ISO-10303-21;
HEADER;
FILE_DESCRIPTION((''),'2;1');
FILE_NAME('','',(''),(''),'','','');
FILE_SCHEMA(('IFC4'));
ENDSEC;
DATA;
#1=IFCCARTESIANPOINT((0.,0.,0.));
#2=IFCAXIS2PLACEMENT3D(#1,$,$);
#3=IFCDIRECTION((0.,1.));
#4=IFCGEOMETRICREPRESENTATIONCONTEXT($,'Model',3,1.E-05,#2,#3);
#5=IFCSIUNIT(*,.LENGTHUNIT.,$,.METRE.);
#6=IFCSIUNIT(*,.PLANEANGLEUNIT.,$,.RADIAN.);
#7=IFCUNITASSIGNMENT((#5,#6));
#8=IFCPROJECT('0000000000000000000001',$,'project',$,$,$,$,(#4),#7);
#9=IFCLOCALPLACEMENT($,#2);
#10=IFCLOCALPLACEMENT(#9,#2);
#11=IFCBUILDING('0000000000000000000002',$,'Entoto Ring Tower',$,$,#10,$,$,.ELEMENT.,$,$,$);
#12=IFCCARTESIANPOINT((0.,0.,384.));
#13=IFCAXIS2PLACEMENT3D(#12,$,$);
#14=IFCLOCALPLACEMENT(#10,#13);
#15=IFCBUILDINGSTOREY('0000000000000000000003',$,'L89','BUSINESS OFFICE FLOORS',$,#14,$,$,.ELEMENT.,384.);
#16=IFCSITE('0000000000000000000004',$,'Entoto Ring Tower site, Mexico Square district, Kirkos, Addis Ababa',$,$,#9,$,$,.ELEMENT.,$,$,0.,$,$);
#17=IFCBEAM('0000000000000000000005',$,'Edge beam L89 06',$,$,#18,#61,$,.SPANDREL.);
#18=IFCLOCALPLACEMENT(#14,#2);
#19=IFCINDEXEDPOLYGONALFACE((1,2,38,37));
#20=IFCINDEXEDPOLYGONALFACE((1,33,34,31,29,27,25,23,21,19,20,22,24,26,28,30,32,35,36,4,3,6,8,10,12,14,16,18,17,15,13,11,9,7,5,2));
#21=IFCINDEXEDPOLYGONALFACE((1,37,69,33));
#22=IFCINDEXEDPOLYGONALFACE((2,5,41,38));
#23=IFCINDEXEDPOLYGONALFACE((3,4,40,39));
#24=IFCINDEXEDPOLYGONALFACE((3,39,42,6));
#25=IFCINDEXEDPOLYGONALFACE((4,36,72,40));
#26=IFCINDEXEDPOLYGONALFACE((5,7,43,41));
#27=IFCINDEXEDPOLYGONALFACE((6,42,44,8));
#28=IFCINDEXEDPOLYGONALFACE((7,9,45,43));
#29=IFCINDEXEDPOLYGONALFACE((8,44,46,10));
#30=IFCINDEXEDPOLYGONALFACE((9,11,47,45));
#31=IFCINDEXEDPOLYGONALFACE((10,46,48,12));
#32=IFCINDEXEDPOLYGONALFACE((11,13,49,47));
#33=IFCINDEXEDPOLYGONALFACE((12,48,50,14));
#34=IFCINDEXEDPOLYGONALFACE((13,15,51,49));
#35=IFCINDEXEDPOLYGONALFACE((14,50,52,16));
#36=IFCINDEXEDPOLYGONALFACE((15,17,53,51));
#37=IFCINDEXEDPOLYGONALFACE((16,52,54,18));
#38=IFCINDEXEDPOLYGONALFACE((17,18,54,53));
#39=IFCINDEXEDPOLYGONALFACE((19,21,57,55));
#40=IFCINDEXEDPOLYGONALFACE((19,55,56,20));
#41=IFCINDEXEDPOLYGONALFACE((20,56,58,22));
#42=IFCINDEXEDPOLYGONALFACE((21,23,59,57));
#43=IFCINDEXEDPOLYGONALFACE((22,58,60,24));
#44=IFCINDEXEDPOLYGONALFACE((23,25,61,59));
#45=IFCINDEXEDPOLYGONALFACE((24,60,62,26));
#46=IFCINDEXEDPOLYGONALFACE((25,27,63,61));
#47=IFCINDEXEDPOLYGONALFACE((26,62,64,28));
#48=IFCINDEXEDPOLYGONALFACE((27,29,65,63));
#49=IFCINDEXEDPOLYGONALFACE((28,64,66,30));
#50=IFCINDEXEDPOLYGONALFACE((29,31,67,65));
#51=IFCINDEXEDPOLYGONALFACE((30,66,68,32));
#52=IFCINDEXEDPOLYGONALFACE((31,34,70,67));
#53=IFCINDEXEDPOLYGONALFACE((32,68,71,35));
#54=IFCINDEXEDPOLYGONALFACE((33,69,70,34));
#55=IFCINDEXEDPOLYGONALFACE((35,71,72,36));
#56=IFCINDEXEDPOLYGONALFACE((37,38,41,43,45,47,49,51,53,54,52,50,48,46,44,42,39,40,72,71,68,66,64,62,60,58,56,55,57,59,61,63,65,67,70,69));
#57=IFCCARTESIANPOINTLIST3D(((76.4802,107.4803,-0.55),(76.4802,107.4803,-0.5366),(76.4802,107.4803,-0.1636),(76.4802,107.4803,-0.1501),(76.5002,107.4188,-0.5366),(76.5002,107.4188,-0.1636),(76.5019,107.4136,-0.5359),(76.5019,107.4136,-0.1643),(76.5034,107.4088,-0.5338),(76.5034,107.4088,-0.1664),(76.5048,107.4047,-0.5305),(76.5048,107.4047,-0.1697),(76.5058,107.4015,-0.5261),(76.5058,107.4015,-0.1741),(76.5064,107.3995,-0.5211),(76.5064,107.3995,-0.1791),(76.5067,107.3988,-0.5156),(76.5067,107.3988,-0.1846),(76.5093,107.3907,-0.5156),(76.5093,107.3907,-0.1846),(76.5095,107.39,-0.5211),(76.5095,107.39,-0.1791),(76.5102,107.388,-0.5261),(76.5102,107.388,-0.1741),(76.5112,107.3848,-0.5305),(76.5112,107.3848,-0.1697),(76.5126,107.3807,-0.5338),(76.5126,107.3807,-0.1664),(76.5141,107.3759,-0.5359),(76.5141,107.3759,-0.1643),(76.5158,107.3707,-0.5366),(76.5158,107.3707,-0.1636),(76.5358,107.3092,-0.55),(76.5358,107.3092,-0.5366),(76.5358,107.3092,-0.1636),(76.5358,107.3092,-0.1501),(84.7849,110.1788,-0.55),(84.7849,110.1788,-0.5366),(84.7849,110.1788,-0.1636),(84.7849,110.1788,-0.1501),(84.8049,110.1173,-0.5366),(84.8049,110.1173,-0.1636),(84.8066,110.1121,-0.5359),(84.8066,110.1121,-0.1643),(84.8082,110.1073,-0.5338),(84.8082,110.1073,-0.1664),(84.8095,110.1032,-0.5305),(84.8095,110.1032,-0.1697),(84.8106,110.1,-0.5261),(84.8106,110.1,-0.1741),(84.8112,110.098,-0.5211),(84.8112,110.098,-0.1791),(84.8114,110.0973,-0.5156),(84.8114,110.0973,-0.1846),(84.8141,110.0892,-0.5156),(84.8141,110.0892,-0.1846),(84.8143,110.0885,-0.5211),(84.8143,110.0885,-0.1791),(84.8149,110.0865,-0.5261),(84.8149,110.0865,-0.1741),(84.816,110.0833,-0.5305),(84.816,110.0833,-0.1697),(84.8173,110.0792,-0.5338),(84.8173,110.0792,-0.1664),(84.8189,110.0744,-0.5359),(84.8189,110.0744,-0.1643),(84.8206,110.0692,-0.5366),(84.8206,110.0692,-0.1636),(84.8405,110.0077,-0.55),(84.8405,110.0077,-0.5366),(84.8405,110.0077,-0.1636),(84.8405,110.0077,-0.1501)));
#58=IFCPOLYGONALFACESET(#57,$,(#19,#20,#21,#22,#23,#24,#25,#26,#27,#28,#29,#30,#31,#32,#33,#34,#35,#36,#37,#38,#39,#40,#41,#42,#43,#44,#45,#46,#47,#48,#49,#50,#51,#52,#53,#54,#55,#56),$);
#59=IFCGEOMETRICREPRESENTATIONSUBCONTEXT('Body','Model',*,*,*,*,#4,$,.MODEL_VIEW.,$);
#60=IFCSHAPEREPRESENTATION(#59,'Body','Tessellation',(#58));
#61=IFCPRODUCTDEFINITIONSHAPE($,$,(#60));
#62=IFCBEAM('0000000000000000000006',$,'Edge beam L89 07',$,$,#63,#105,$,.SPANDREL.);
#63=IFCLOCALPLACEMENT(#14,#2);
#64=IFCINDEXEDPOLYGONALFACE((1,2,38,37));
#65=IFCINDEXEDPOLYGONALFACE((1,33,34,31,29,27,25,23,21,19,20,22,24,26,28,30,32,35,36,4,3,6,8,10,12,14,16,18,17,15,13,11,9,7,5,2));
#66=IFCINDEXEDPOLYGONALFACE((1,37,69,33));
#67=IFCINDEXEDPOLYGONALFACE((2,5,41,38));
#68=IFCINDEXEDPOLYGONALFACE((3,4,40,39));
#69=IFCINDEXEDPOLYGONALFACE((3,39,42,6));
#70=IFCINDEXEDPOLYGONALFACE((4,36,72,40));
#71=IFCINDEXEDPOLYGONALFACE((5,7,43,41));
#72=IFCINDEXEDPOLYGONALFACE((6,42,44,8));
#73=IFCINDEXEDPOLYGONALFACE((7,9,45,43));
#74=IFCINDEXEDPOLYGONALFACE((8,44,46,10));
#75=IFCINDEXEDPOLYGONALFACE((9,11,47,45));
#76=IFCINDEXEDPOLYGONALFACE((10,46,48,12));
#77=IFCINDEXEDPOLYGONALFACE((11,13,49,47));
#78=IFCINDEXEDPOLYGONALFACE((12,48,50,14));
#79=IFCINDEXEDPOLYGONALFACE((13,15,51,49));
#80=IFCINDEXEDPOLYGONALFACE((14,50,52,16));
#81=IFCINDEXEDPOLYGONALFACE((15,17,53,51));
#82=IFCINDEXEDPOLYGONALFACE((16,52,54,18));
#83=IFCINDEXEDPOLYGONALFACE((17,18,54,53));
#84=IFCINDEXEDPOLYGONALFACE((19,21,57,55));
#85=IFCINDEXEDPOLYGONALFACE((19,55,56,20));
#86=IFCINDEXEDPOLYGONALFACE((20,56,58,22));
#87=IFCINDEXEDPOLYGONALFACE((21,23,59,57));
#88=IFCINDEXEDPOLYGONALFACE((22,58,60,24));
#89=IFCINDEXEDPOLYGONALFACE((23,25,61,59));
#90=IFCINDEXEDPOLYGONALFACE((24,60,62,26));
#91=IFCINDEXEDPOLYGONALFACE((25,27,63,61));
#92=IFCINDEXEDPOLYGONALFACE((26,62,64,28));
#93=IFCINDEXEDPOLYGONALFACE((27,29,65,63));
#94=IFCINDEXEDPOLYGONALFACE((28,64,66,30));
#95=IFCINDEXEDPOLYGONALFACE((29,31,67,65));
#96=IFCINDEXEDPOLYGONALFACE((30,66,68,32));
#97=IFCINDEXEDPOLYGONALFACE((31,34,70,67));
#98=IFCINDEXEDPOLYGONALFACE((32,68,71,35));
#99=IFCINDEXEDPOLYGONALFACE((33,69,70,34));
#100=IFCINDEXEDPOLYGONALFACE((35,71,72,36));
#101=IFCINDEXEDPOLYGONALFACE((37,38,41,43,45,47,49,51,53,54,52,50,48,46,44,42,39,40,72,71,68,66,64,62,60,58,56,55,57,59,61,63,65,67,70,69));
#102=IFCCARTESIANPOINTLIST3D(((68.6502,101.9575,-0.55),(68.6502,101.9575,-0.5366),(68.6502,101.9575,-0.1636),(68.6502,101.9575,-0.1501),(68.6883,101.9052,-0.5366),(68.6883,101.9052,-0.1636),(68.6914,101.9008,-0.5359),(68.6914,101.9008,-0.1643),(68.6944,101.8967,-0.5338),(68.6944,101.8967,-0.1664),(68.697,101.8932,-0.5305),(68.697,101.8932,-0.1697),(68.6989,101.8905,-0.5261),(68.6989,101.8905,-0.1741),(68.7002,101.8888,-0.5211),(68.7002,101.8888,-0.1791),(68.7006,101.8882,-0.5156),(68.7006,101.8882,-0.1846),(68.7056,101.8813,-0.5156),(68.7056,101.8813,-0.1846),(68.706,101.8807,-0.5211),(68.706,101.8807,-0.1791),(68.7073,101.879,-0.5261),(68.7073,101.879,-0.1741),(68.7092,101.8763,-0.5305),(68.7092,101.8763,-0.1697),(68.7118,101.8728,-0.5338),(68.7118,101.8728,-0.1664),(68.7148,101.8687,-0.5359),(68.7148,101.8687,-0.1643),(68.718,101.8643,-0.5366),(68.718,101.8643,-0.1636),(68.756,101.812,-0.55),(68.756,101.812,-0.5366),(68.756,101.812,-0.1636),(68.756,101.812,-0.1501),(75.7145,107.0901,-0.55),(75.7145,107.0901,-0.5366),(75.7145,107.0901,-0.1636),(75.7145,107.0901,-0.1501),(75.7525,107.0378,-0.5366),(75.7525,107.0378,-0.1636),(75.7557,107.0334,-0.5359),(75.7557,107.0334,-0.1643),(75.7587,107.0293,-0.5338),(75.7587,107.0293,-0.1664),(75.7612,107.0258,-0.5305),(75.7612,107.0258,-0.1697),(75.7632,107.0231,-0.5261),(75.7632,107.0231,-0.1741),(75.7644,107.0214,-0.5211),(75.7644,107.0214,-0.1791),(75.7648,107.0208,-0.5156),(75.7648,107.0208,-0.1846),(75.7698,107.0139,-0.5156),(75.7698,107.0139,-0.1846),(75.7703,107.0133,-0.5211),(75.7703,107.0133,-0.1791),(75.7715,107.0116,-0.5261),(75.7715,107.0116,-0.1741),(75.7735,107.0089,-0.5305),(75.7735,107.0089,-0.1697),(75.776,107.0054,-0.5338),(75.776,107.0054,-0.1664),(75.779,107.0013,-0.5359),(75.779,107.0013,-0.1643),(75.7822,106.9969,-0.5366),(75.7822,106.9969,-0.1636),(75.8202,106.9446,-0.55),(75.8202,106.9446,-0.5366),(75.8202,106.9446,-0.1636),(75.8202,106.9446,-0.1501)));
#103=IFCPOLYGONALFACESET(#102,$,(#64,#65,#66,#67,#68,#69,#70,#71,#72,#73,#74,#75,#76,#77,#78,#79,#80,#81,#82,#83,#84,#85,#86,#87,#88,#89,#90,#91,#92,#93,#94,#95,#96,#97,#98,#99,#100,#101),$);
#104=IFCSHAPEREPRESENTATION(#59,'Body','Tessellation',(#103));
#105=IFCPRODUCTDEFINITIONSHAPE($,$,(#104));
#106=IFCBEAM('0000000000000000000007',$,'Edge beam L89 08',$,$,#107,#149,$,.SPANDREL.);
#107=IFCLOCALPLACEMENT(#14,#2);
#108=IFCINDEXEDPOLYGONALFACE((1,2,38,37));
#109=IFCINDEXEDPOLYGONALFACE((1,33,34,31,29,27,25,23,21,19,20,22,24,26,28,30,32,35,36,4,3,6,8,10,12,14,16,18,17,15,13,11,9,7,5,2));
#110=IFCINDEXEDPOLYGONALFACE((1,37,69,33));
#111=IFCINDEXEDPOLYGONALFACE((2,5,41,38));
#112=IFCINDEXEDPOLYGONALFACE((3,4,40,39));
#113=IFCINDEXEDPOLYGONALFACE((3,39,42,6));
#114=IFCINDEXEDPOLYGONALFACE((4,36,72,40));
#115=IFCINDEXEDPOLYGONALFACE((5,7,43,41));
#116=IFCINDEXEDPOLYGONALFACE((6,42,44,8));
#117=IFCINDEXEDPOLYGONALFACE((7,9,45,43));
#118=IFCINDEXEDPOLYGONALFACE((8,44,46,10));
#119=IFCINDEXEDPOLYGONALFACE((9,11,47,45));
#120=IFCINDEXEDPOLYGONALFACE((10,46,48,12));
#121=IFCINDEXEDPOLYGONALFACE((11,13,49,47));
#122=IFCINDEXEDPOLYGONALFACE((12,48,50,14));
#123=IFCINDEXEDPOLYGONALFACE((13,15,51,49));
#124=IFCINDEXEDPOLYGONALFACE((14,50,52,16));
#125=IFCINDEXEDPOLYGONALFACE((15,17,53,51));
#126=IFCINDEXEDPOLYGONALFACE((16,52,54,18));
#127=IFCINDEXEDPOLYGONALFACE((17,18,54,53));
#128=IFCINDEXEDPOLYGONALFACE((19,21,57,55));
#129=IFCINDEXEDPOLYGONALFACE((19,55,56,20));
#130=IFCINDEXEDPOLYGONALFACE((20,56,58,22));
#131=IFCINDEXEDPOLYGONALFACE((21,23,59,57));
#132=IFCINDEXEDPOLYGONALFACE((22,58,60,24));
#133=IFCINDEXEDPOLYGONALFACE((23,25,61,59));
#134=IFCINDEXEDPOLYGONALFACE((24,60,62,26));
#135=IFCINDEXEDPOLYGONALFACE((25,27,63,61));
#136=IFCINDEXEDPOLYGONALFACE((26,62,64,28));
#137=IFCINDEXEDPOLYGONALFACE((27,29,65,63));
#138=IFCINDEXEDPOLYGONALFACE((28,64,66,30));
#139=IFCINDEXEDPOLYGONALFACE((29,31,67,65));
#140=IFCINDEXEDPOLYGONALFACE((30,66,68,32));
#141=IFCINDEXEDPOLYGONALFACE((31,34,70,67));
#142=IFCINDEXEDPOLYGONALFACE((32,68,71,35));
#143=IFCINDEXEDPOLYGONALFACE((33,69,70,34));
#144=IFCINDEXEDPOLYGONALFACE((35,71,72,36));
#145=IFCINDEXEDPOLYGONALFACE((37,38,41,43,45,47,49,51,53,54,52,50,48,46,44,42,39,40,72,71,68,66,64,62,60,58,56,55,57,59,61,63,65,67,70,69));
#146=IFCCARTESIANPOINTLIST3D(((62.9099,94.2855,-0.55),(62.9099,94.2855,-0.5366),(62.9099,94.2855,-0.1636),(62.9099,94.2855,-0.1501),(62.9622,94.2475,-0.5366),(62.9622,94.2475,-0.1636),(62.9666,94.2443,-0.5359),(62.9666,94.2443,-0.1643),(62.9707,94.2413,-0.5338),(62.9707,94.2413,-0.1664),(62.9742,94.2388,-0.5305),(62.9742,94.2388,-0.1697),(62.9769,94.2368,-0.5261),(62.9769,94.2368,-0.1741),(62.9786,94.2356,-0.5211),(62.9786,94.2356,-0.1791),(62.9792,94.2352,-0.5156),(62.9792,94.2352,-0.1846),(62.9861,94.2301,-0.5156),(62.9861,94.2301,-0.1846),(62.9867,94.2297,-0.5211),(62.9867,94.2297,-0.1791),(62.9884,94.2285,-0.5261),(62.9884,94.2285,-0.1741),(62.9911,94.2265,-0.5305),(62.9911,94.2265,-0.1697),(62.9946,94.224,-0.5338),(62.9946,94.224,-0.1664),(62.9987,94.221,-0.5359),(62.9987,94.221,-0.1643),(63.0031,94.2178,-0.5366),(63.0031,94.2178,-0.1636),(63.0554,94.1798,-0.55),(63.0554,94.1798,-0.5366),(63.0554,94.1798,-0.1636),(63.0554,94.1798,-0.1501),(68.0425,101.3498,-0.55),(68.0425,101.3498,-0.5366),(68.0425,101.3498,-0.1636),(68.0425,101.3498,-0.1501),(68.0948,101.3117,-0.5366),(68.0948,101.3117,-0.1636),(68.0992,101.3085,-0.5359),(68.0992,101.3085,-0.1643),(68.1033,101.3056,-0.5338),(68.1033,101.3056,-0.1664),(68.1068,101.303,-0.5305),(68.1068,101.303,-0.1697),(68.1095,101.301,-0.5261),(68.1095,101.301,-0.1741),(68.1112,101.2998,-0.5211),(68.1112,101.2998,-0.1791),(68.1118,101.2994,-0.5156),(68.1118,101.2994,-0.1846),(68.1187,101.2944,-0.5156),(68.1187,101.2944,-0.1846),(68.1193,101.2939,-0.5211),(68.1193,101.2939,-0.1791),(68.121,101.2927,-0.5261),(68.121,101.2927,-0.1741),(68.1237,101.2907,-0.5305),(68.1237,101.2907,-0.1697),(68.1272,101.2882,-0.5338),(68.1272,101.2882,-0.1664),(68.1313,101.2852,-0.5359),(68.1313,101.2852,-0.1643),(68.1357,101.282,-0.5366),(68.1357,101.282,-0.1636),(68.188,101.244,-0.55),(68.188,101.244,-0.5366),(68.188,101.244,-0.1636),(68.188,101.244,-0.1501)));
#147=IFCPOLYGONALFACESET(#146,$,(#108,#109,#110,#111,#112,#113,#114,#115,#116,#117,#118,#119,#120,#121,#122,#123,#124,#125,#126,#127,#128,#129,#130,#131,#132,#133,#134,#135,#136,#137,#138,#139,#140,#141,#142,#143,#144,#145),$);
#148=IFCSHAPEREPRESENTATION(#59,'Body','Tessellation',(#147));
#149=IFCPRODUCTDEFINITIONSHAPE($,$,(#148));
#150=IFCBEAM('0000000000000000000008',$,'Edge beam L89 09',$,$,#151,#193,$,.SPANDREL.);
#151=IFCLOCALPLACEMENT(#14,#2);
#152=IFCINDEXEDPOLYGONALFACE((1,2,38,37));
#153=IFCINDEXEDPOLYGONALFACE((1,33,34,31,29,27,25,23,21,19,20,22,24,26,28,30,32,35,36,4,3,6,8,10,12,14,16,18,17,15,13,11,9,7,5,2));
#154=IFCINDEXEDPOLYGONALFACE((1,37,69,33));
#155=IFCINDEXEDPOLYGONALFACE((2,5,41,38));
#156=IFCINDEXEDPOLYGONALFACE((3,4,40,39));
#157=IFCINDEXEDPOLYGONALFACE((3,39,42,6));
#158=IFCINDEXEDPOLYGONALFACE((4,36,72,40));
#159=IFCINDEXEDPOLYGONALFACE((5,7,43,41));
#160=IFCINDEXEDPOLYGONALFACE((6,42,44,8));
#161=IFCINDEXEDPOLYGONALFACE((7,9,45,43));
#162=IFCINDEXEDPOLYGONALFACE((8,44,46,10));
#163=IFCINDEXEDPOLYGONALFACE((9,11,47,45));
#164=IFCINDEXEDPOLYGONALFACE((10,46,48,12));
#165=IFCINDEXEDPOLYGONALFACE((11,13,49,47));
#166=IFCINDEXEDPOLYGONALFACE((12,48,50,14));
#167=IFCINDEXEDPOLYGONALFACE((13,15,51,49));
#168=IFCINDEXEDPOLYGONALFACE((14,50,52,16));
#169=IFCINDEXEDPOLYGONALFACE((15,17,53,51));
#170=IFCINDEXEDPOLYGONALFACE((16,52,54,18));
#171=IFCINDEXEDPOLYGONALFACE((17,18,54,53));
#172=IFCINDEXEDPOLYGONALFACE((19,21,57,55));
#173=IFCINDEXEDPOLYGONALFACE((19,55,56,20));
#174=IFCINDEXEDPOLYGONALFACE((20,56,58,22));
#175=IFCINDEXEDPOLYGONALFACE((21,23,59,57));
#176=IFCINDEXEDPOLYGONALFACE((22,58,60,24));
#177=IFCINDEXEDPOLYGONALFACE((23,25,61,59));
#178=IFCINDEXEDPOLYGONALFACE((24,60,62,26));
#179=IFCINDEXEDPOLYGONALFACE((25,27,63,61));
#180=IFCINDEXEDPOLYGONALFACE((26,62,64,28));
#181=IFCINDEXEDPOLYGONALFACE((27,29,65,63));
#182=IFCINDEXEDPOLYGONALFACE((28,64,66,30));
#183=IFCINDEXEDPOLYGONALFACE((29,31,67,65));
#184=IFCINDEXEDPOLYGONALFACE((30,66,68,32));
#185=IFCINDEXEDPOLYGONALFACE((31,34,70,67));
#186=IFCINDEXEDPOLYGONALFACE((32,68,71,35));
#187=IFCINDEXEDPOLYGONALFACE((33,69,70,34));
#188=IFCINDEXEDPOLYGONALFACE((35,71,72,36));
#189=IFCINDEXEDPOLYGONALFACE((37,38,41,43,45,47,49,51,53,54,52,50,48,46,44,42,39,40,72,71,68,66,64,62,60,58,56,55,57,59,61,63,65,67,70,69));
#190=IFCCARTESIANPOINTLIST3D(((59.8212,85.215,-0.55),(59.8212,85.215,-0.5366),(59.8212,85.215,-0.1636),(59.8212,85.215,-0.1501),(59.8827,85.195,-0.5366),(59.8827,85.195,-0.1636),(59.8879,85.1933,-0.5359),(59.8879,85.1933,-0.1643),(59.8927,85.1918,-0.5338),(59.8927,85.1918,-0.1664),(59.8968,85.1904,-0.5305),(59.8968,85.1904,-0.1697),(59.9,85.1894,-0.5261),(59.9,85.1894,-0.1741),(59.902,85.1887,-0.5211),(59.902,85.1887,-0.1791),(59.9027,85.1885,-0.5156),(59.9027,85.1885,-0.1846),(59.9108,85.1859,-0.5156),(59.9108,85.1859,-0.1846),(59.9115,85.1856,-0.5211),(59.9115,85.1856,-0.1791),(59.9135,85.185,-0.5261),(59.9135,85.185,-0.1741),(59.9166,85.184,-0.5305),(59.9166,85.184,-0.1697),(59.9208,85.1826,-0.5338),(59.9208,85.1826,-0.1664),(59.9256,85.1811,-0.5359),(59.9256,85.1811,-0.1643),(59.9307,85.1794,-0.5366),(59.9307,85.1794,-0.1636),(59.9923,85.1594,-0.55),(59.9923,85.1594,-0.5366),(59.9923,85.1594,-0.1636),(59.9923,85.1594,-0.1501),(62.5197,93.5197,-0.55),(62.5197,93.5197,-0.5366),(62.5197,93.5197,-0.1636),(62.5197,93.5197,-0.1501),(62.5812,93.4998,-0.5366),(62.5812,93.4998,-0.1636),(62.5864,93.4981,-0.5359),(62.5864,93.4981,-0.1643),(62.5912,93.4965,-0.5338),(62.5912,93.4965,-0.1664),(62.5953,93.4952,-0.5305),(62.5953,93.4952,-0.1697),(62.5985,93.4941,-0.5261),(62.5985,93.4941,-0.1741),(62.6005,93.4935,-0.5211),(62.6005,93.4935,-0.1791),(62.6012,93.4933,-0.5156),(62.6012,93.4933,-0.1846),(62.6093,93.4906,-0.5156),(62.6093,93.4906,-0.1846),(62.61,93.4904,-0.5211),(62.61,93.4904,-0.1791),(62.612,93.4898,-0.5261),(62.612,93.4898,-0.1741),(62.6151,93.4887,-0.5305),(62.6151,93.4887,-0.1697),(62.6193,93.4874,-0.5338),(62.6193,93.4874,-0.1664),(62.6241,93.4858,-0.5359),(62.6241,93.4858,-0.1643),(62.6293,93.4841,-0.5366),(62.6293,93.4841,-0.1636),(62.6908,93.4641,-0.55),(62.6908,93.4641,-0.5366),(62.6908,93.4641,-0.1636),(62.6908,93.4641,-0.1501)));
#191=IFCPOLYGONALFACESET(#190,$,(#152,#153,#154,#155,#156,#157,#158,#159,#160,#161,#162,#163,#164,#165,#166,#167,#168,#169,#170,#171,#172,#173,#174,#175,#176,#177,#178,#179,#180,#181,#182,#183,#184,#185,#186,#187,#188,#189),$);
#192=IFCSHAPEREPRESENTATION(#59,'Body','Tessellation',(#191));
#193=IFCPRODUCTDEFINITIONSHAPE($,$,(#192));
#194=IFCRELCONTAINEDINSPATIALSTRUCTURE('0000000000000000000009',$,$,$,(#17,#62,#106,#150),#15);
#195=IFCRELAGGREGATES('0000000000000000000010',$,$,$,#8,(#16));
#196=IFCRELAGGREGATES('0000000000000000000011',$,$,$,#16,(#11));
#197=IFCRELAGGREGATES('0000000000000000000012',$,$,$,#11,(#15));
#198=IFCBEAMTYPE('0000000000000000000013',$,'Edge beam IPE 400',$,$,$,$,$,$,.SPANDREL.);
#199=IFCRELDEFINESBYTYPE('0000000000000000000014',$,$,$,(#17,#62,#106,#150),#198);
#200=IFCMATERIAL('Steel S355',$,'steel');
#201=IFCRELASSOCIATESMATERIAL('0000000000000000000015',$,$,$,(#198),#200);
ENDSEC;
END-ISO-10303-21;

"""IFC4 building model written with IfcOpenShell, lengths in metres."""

from ifc_helpers import new_model, si_unit, direction, frame, origin, origin_2d, place, context, subcontext, project, spatial, i_section, extrude, material, material_profile, profile_set, type_object, element, save


model = new_model("IFC4")

# Units and contexts
model_context = context("Model", 3, precision=1e-05, world=origin(), true_north=direction((0.0, 1.0)))
body_context = subcontext(model_context, "Body", "Model", "MODEL_VIEW")
ifc_project = project(units=[si_unit("LENGTHUNIT", "METRE"), si_unit("PLANEANGLEUNIT", "RADIAN")], contexts=[model_context])

# Site, building, storey
site_placement = place(None, origin())
site = spatial("IfcSite", under=ifc_project, at=site_placement, Name="Entoto Ring Tower site, Mexico Square district, Kirkos, Addis Ababa", CompositionType="ELEMENT", RefElevation=0.0)
building_placement = place(site_placement, origin())
building = spatial("IfcBuilding", under=site, at=building_placement, Name="Entoto Ring Tower", CompositionType="ELEMENT")
storey_placement = place(building_placement, frame((0.0, 0.0, 384.0)))
storey = spatial("IfcBuildingStorey", under=building, at=storey_placement, Name="L89", Description="BUSINESS OFFICE FLOORS", CompositionType="ELEMENT", Elevation=384.0)

# Beams
ifc_material_1 = material(Name="Steel S355", Category="steel")
ifc_material_profile_1 = material_profile(ifc_material_1, i_section(OverallWidth=0.1799, OverallDepth=0.3999, WebThickness=0.0085, FlangeThickness=0.0134, FilletRadius=0.021, at=origin_2d()), Name="IPE 400")
ifc_profile_set_1 = profile_set([ifc_material_profile_1], Name="Steel S355")
beam_type_1 = type_object("IfcBeamType", Name="Edge beam IPE 400", PredefinedType="SPANDREL", material=ifc_profile_set_1)
beam_1_placement = place(storey_placement, frame((84.8127, 110.0933, -0.3501), z_axis=(-0.951052, -0.30903, 0.0), x_axis=(0.30903, -0.951052, 0.0)))
element("IfcBeam", 1, at=beam_1_placement, inside=storey, type_object=beam_type_1, Name="Edge beam L89 06", PredefinedType="SPANDREL", context=body_context, shape_type="SweptSolid", body=[
    extrude(i_section(OverallWidth=0.1799, OverallDepth=0.3999, WebThickness=0.0085, FlangeThickness=0.0134, FilletRadius=0.021, at=origin_2d()), origin(), (0.0, 0.0, 1.0), 8.7322),
])
for number, where, z_axis, x_axis, name in (
    (2, (75.7673, 107.0173, -0.3501), (-0.80901, -0.587794, 0.0), (0.587794, -0.80901, 0.0), "Edge beam L89 07"),
    (3, (68.1152, 101.2969, -0.3501), (-0.587794, -0.80901, 0.0), (0.80901, -0.587794, 0.0), "Edge beam L89 08"),
):
    element("IfcBeam", number, at=place(storey_placement, frame(where, z_axis=z_axis, x_axis=x_axis)), inside=storey, type_object=beam_type_1, Name=name, PredefinedType="SPANDREL", context=body_context, shape_type="SweptSolid", body=[
        extrude(i_section(OverallWidth=0.1799, OverallDepth=0.3999, WebThickness=0.0085, FlangeThickness=0.0134, FilletRadius=0.021, at=origin_2d()), origin(), (0.0, 0.0, 1.0), 8.7319),
    ])
beam_2_placement = place(storey_placement, frame((62.6052, 93.4919, -0.3501), z_axis=(-0.30903, -0.951052, 0.0), x_axis=(0.951052, -0.30903, 0.0)))
element("IfcBeam", 4, at=beam_2_placement, inside=storey, type_object=beam_type_1, Name="Edge beam L89 09", PredefinedType="SPANDREL", context=body_context, shape_type="SweptSolid", body=[
    extrude(i_section(OverallWidth=0.1799, OverallDepth=0.3999, WebThickness=0.0085, FlangeThickness=0.0134, FilletRadius=0.021, at=origin_2d()), origin(), (0.0, 0.0, 1.0), 8.7322),
])

save(model, "model.ifc")
